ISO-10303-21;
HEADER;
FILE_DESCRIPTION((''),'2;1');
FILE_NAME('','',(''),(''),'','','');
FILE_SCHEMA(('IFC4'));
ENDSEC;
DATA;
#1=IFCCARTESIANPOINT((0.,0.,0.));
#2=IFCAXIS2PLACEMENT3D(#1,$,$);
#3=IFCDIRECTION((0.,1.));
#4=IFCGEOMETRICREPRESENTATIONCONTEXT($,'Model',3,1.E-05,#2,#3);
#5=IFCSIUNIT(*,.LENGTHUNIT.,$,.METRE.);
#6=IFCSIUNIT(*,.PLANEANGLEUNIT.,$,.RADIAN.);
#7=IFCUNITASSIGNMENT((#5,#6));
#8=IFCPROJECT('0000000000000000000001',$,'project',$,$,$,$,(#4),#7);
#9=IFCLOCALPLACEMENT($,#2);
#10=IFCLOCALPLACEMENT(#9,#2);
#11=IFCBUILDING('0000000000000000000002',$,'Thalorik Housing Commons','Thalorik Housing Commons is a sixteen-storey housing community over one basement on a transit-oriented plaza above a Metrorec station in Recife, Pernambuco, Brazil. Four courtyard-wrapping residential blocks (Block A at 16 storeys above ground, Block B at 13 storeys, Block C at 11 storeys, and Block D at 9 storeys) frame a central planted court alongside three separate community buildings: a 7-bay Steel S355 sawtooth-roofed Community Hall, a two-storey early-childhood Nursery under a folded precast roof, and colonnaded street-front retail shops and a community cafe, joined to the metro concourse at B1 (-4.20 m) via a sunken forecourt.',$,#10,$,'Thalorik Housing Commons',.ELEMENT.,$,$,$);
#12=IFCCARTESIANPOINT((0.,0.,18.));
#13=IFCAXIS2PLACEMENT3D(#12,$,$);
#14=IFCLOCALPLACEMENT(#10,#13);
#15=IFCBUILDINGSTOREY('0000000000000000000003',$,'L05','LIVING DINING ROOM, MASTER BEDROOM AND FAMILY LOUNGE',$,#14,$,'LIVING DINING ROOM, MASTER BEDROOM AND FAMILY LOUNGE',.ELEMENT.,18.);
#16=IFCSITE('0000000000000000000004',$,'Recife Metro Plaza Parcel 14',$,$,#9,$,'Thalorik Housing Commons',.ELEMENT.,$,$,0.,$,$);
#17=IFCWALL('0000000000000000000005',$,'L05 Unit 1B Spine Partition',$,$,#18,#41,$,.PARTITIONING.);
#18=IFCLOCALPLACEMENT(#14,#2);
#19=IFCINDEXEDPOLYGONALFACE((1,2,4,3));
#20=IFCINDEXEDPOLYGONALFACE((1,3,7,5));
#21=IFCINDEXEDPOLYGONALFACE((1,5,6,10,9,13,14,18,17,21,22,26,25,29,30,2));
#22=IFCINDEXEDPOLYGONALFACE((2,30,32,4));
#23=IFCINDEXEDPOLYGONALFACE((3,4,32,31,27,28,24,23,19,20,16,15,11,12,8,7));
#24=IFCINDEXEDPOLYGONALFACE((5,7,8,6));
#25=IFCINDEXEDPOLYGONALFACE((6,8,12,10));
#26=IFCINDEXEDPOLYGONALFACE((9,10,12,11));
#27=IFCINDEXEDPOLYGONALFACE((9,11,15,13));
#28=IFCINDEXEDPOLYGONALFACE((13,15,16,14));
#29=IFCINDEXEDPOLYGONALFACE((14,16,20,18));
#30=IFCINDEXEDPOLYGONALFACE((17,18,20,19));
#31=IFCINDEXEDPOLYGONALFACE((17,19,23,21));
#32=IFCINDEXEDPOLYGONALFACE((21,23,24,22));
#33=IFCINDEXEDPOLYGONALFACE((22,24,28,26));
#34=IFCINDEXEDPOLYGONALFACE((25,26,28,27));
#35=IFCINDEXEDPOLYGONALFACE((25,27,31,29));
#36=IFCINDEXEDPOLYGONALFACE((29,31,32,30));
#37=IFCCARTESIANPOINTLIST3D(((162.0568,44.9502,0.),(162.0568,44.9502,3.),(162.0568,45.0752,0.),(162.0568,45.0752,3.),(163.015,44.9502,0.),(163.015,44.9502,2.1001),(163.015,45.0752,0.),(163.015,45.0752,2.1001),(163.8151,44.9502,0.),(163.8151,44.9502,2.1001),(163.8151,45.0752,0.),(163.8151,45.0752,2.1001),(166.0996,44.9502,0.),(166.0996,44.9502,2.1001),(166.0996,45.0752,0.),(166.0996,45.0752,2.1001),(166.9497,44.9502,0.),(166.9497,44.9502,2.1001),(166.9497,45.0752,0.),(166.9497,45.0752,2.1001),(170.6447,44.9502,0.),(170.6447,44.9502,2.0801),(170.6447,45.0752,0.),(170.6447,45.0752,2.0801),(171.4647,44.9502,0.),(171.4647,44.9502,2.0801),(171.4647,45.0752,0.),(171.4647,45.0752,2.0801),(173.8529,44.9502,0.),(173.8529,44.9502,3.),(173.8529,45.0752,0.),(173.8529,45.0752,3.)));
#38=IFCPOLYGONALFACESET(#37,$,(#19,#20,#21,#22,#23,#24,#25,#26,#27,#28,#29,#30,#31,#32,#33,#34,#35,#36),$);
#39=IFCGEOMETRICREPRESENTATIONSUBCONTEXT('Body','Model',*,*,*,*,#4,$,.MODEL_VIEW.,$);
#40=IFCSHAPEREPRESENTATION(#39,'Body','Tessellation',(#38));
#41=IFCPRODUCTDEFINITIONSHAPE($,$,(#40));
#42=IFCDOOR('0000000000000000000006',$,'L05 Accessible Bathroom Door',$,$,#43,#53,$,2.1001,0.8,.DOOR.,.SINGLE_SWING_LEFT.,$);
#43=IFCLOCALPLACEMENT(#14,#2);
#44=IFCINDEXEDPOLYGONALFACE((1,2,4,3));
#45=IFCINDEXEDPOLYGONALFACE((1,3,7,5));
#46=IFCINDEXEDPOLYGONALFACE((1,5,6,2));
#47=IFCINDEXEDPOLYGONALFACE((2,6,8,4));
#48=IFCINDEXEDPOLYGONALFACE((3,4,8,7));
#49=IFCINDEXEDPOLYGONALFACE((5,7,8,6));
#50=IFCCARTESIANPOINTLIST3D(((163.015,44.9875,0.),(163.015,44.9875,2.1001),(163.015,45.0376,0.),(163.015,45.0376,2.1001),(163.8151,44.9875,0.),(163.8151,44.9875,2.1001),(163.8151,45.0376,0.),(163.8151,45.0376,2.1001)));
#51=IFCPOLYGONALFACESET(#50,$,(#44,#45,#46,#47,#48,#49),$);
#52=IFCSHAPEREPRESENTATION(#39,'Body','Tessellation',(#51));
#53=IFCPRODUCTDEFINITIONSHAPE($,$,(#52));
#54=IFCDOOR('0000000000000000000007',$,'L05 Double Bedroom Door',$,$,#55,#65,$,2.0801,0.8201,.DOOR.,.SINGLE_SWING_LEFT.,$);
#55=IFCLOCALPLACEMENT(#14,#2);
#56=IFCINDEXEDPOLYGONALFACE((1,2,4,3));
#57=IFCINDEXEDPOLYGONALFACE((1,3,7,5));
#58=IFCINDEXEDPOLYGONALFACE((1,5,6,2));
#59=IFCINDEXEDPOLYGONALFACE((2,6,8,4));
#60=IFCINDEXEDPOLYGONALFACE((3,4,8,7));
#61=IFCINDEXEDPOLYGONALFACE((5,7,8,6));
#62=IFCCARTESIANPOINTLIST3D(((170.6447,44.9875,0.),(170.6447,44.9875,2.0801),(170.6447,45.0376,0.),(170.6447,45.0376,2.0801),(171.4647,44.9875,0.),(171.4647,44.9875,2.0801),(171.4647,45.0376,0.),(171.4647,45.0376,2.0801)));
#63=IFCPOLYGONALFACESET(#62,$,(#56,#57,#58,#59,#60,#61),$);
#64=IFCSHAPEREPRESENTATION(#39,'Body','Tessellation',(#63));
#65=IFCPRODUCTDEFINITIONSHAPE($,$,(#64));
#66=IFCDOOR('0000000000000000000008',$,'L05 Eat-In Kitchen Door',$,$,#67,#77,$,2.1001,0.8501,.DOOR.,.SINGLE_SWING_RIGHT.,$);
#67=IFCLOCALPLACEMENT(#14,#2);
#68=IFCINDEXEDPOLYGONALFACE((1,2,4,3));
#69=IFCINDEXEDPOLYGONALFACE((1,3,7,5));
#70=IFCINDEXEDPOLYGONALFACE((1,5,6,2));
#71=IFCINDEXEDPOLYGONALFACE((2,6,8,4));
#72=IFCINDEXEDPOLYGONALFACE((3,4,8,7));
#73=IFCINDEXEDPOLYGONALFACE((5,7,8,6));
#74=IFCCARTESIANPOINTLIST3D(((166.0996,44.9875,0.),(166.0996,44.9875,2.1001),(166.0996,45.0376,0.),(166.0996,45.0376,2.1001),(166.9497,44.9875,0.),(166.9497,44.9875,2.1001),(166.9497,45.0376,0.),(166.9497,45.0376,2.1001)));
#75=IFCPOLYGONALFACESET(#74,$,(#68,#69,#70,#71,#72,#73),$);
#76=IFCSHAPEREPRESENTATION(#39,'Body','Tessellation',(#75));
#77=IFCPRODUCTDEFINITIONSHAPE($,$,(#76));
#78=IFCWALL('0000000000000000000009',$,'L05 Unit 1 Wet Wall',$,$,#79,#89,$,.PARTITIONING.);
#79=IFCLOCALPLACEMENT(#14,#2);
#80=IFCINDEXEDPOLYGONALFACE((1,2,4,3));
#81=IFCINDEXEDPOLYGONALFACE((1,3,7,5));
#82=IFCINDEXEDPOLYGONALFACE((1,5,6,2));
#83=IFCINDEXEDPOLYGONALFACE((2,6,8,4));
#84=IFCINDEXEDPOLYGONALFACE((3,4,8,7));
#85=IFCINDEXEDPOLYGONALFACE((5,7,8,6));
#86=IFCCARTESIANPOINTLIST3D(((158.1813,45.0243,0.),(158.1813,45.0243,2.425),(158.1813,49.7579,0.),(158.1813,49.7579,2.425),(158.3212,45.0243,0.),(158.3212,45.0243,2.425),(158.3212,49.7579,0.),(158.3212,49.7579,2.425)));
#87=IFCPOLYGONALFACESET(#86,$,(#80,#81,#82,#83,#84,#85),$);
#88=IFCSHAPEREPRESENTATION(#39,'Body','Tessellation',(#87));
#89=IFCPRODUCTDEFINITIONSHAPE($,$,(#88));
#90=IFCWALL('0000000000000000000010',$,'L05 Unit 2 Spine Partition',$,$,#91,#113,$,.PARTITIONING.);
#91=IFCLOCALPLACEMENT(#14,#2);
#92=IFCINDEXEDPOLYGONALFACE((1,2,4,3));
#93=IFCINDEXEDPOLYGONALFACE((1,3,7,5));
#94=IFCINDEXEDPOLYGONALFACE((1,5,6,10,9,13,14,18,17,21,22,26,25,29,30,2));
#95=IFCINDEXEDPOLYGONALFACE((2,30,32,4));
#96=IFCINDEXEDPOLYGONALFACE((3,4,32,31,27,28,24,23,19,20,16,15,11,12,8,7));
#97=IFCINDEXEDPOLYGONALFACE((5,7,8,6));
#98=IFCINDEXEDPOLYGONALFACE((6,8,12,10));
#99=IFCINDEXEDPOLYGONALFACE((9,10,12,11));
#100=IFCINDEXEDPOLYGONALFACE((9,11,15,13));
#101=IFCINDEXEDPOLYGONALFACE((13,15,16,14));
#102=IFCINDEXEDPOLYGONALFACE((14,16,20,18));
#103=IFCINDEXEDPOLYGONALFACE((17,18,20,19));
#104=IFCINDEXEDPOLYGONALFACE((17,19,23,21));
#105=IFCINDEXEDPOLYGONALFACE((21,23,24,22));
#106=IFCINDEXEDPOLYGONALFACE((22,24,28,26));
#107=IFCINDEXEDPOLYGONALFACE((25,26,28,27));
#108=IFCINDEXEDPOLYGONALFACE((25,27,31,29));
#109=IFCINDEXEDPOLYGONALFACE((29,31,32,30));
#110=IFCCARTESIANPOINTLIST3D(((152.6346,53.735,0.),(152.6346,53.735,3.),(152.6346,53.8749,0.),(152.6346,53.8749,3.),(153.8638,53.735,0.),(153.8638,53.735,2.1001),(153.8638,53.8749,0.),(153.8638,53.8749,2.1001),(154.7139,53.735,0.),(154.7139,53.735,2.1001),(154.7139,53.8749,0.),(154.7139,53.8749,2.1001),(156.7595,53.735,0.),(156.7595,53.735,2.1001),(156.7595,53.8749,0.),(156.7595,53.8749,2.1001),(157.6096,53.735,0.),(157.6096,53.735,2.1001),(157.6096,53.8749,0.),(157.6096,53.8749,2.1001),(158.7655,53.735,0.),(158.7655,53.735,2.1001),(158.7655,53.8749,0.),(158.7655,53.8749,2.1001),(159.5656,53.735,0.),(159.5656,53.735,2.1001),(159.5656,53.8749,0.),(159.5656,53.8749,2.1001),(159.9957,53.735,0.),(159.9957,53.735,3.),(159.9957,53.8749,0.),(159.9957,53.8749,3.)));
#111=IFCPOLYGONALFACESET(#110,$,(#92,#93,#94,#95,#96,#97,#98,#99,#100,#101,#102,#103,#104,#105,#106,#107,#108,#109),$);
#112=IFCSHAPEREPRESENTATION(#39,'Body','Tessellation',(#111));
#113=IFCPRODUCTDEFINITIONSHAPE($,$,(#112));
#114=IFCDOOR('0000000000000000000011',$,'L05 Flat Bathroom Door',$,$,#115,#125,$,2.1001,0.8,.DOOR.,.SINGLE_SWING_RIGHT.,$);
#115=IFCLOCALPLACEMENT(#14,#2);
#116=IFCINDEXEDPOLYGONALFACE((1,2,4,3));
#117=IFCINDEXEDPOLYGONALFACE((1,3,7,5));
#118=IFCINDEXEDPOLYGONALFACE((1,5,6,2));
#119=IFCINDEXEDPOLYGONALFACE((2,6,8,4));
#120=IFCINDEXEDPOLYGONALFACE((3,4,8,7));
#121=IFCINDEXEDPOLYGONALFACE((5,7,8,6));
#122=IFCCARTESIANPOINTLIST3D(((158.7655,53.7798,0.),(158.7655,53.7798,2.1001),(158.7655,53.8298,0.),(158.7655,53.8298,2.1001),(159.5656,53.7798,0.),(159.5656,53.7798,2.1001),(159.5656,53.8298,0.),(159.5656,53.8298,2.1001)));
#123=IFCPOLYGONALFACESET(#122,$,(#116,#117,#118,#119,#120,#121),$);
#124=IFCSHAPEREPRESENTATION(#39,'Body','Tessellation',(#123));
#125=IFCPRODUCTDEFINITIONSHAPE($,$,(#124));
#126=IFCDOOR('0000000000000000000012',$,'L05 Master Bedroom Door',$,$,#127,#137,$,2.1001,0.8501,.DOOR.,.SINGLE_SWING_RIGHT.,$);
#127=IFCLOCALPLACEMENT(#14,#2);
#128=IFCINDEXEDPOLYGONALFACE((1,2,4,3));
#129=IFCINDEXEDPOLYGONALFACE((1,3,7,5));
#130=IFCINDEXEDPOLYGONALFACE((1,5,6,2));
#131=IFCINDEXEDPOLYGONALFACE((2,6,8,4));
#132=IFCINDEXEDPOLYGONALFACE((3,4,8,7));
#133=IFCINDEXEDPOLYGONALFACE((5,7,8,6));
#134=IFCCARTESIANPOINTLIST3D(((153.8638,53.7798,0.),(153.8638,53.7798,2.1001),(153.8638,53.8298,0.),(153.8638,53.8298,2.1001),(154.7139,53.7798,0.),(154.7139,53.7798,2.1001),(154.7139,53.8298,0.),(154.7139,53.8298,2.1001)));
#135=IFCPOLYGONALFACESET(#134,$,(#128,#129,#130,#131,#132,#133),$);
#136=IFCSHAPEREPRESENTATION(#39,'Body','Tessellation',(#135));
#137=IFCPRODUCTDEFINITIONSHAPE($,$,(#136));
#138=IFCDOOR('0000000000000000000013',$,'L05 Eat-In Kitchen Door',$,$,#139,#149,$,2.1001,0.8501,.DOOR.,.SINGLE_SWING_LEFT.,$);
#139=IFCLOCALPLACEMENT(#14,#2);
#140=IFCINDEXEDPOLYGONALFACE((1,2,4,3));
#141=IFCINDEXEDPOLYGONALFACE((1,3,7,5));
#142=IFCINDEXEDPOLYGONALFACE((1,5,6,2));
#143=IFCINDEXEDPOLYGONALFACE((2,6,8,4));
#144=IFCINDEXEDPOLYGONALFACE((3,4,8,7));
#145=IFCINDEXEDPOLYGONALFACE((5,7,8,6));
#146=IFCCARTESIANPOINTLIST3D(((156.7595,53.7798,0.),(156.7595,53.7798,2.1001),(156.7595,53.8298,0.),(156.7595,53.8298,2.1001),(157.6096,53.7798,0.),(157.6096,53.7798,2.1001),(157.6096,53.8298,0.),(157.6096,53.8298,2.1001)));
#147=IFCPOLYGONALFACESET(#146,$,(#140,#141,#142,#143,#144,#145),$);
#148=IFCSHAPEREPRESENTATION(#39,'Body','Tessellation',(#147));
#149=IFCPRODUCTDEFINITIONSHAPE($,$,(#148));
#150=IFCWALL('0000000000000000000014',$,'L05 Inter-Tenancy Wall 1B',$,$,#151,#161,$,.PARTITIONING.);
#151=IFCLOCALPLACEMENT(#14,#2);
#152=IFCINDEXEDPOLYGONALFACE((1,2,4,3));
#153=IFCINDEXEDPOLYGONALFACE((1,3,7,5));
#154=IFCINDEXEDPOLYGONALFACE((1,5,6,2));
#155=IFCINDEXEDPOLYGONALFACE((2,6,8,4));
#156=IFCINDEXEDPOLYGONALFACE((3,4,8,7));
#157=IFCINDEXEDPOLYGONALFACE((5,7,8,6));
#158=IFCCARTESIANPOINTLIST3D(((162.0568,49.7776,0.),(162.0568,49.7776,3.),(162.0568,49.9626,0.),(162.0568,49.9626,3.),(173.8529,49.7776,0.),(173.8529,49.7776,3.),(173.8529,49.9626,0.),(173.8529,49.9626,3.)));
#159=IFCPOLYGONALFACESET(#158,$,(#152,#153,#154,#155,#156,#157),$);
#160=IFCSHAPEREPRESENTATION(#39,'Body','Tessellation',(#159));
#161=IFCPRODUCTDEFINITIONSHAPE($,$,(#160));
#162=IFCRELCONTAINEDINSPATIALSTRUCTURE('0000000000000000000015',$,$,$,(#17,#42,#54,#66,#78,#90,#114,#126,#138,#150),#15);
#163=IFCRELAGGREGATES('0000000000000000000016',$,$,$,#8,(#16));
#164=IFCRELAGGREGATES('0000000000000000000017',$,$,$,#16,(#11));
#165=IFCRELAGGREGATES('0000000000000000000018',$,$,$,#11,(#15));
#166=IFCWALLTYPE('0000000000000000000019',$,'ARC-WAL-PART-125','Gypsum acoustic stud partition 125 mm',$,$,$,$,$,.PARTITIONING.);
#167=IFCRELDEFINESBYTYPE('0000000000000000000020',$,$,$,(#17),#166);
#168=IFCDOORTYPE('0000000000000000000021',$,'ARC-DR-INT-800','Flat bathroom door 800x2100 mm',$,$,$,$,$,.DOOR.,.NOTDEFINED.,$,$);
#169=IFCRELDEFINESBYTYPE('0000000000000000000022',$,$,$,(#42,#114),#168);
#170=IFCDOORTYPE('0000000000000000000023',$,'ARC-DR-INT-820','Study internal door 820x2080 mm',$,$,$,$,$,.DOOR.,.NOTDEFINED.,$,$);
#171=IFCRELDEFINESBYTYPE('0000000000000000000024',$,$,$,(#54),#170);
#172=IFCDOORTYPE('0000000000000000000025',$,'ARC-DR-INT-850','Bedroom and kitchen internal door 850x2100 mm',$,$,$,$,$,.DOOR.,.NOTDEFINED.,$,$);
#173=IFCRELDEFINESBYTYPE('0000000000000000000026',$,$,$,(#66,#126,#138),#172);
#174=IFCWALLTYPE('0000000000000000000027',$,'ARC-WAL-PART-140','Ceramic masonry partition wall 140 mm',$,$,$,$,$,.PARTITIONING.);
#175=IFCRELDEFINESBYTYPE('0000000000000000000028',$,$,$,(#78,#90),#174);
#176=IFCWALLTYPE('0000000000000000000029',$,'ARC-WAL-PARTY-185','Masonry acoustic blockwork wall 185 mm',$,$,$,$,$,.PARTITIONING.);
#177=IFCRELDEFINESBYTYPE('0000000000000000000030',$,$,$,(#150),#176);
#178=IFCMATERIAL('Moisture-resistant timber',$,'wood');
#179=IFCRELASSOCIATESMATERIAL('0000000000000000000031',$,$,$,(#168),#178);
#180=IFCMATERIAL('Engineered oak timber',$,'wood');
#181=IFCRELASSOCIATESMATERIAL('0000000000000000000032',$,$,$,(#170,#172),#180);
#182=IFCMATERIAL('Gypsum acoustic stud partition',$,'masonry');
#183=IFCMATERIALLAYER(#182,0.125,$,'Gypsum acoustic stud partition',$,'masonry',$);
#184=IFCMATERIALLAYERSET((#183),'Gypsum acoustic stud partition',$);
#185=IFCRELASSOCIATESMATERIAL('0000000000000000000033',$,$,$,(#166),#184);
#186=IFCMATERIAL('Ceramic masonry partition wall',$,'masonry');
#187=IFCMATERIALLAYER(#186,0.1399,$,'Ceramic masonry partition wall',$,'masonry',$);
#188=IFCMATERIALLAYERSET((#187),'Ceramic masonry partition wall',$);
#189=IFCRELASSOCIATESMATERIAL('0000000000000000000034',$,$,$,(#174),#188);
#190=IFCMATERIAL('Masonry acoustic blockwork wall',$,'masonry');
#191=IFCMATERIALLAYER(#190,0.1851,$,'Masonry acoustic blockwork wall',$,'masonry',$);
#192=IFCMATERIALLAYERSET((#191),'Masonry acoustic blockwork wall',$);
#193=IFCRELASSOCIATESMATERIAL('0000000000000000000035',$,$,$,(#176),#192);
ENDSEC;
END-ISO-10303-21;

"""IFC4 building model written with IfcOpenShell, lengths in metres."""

from ifc_helpers import new_model, si_unit, direction, frame, frame_2d, origin, place, context, subcontext, project, spatial, rectangle, extrude, material, layer, layer_set, type_object, element, fill, save


model = new_model("IFC4")

# Units and contexts
model_context = context("Model", 3, precision=1e-05, world=origin(), true_north=direction((0.0, 1.0)))
body_context = subcontext(model_context, "Body", "Model", "MODEL_VIEW")
ifc_project = project(units=[si_unit("LENGTHUNIT", "METRE"), si_unit("PLANEANGLEUNIT", "RADIAN")], contexts=[model_context])

# Site, building, storey
site_placement = place(None, origin())
site = spatial("IfcSite", under=ifc_project, at=site_placement, Name="Recife Metro Plaza Parcel 14", LongName="Thalorik Housing Commons", CompositionType="ELEMENT", RefElevation=0.0)
building_placement = place(site_placement, origin())
building = spatial("IfcBuilding", under=site, at=building_placement, Name="Thalorik Housing Commons", Description="Thalorik Housing Commons is a sixteen-storey housing community over one basement on a transit-oriented plaza above a Metrorec station in Recife, Pernambuco, Brazil. Four courtyard-wrapping residential blocks (Block A at 16 storeys above ground, Block B at 13 storeys, Block C at 11 storeys, and Block D at 9 storeys) frame a central planted court alongside three separate community buildings: a 7-bay Steel S355 sawtooth-roofed Community Hall, a two-storey early-childhood Nursery under a folded precast roof, and colonnaded street-front retail shops and a community cafe, joined to the metro concourse at B1 (-4.20 m) via a sunken forecourt.", LongName="Thalorik Housing Commons", CompositionType="ELEMENT")
storey_placement = place(building_placement, frame((0.0, 0.0, 18.0)))
storey = spatial("IfcBuildingStorey", under=building, at=storey_placement, Name="L05", Description="LIVING DINING ROOM, MASTER BEDROOM AND FAMILY LOUNGE", LongName="LIVING DINING ROOM, MASTER BEDROOM AND FAMILY LOUNGE", CompositionType="ELEMENT", Elevation=18.0)

# Wall, openings, doors
ifc_material_1 = material(Name="Moisture-resistant timber", Category="wood")
door_type_1 = type_object("IfcDoorType", Name="ARC-DR-INT-800", Description="Flat bathroom door 800x2100 mm", OperationType="NOTDEFINED", PredefinedType="DOOR", material=ifc_material_1)
ifc_material_2 = material(Name="Engineered oak timber", Category="wood")
door_type_2 = type_object("IfcDoorType", Name="ARC-DR-INT-820", Description="Study internal door 820x2080 mm", OperationType="NOTDEFINED", PredefinedType="DOOR", material=ifc_material_2)
door_type_3 = type_object("IfcDoorType", Name="ARC-DR-INT-850", Description="Bedroom and kitchen internal door 850x2100 mm", OperationType="NOTDEFINED", PredefinedType="DOOR", material=ifc_material_2)
ifc_material_3 = material(Name="Gypsum acoustic stud partition", Category="masonry")
ifc_layer_1 = layer(ifc_material_3, 0.125, Name="Gypsum acoustic stud partition", Category="masonry")
ifc_layer_set_1 = layer_set([ifc_layer_1], Name="Gypsum acoustic stud partition")
wall_type_1 = type_object("IfcWallType", Name="ARC-WAL-PART-125", Description="Gypsum acoustic stud partition 125 mm", PredefinedType="PARTITIONING", material=ifc_layer_set_1)
wall_1_placement = place(storey_placement, frame((162.0569, 45.0127, 0.0), z_axis=(0.0, 0.0, 1.0), x_axis=(1.0, 0.0, 0.0)))
wall_1 = element("IfcWall", 1, at=wall_1_placement, inside=storey, type_object=wall_type_1, Name="L05 Unit 1B Spine Partition", PredefinedType="PARTITIONING", context=body_context, shape_type="SweptSolid", body=[
    extrude(rectangle(XDim=11.7961, YDim=0.125, at=frame_2d((5.8979, 0.0))), origin(), (0.0, 0.0, 1.0), 3.0),
])
opening_1_placement = place(wall_1_placement, frame((0.9583, 0.0, 0.0)))
opening_1 = element("IfcOpeningElement", 2, at=opening_1_placement, cuts=wall_1, PredefinedType="OPENING", context=body_context, shape_type="SweptSolid", body=[
    extrude(rectangle(XDim=0.8, YDim=2.1001, at=frame_2d((0.3999, 1.05))), frame((0.0, 0.0725, 0.0), z_axis=(0.0, -1.0, 0.0), x_axis=(1.0, 0.0, 0.0)), (0.0, 0.0, 1.0), 0.145),
])
opening_2_placement = place(wall_1_placement, frame((4.0427, 0.0, 0.0)))
opening_2 = element("IfcOpeningElement", 3, at=opening_2_placement, cuts=wall_1, PredefinedType="OPENING", context=body_context, shape_type="SweptSolid", body=[
    extrude(rectangle(XDim=0.8501, YDim=2.1001, at=frame_2d((0.425, 1.05))), frame((0.0, 0.0725, 0.0), z_axis=(0.0, -1.0, 0.0), x_axis=(1.0, 0.0, 0.0)), (0.0, 0.0, 1.0), 0.145),
])
opening_3_placement = place(wall_1_placement, frame((8.5876, 0.0, 0.0)))
opening_3 = element("IfcOpeningElement", 4, at=opening_3_placement, cuts=wall_1, PredefinedType="OPENING", context=body_context, shape_type="SweptSolid", body=[
    extrude(rectangle(XDim=0.8201, YDim=2.0801, at=frame_2d((0.4102, 1.04))), frame((0.0, 0.0725, 0.0), z_axis=(0.0, -1.0, 0.0), x_axis=(1.0, 0.0, 0.0)), (0.0, 0.0, 1.0), 0.145),
])
door_1_placement = place(opening_1_placement, origin())
door_1 = element("IfcDoor", 5, at=door_1_placement, inside=storey, type_object=door_type_1, Name="L05 Accessible Bathroom Door", OperationType="SINGLE_SWING_LEFT", OverallHeight=2.1001, OverallWidth=0.8, PredefinedType="DOOR", context=body_context, shape_type="SweptSolid", body=[
    extrude(rectangle(XDim=0.8, YDim=2.1001, at=frame_2d((0.3999, 1.05))), frame((0.0, 0.0249, 0.0), z_axis=(0.0, -1.0, 0.0), x_axis=(1.0, 0.0, 0.0)), (0.0, 0.0, 1.0), 0.05),
])
fill(opening_1, door_1)
door_2_placement = place(opening_3_placement, origin())
door_2 = element("IfcDoor", 6, at=door_2_placement, inside=storey, type_object=door_type_2, Name="L05 Double Bedroom Door", OperationType="SINGLE_SWING_LEFT", OverallHeight=2.0801, OverallWidth=0.8201, PredefinedType="DOOR", context=body_context, shape_type="SweptSolid", body=[
    extrude(rectangle(XDim=0.8201, YDim=2.0801, at=frame_2d((0.4102, 1.04))), frame((0.0, 0.0249, 0.0), z_axis=(0.0, -1.0, 0.0), x_axis=(1.0, 0.0, 0.0)), (0.0, 0.0, 1.0), 0.05),
])
fill(opening_3, door_2)
door_3_placement = place(opening_2_placement, origin())
door_3 = element("IfcDoor", 7, at=door_3_placement, inside=storey, type_object=door_type_3, Name="L05 Eat-In Kitchen Door", OperationType="SINGLE_SWING_RIGHT", OverallHeight=2.1001, OverallWidth=0.8501, PredefinedType="DOOR", context=body_context, shape_type="SweptSolid", body=[
    extrude(rectangle(XDim=0.8501, YDim=2.1001, at=frame_2d((0.425, 1.05))), frame((0.0, 0.0249, 0.0), z_axis=(0.0, -1.0, 0.0), x_axis=(1.0, 0.0, 0.0)), (0.0, 0.0, 1.0), 0.05),
])
fill(opening_2, door_3)

# Wall
ifc_material_4 = material(Name="Ceramic masonry partition wall", Category="masonry")
ifc_layer_2 = layer(ifc_material_4, 0.1399, Name="Ceramic masonry partition wall", Category="masonry")
ifc_layer_set_2 = layer_set([ifc_layer_2], Name="Ceramic masonry partition wall")
wall_type_2 = type_object("IfcWallType", Name="ARC-WAL-PART-140", Description="Ceramic masonry partition wall 140 mm", PredefinedType="PARTITIONING", material=ifc_layer_set_2)
wall_2_placement = place(storey_placement, frame((158.2512, 45.0244, 0.0), z_axis=(0.0, 0.0, 1.0), x_axis=(0.0, 1.0, 0.0)))
element("IfcWall", 8, at=wall_2_placement, inside=storey, type_object=wall_type_2, Name="L05 Unit 1 Wet Wall", PredefinedType="PARTITIONING", context=body_context, shape_type="SweptSolid", body=[
    extrude(rectangle(XDim=4.7336, YDim=0.1399, at=frame_2d((2.3667, 0.0))), origin(), (0.0, 0.0, 1.0), 2.425),
])

# Wall, openings, doors
wall_3_placement = place(storey_placement, frame((152.6345, 53.8049, 0.0), z_axis=(0.0, 0.0, 1.0), x_axis=(1.0, 0.0, 0.0)))
wall_3 = element("IfcWall", 9, at=wall_3_placement, inside=storey, type_object=wall_type_2, Name="L05 Unit 2 Spine Partition", PredefinedType="PARTITIONING", context=body_context, shape_type="SweptSolid", body=[
    extrude(rectangle(XDim=7.3611, YDim=0.1399, at=frame_2d((3.6807, 0.0))), origin(), (0.0, 0.0, 1.0), 3.0),
])
opening_4_placement = place(wall_3_placement, frame((1.2292, 0.0, 0.0)))
opening_4 = element("IfcOpeningElement", 10, at=opening_4_placement, cuts=wall_3, PredefinedType="OPENING", context=body_context, shape_type="SweptSolid", body=[
    extrude(rectangle(XDim=0.8501, YDim=2.1001, at=frame_2d((0.425, 1.05))), frame((0.0, 0.0801, 0.0), z_axis=(0.0, -1.0, 0.0), x_axis=(1.0, 0.0, 0.0)), (0.0, 0.0, 1.0), 0.1599),
])
opening_5_placement = place(wall_3_placement, frame((4.125, 0.0, 0.0)))
opening_5 = element("IfcOpeningElement", 11, at=opening_5_placement, cuts=wall_3, PredefinedType="OPENING", context=body_context, shape_type="SweptSolid", body=[
    extrude(rectangle(XDim=0.8501, YDim=2.1001, at=frame_2d((0.425, 1.05))), frame((0.0, 0.0801, 0.0), z_axis=(0.0, -1.0, 0.0), x_axis=(1.0, 0.0, 0.0)), (0.0, 0.0, 1.0), 0.1599),
])
opening_6_placement = place(wall_3_placement, frame((6.1311, 0.0, 0.0)))
opening_6 = element("IfcOpeningElement", 12, at=opening_6_placement, cuts=wall_3, PredefinedType="OPENING", context=body_context, shape_type="SweptSolid", body=[
    extrude(rectangle(XDim=0.8, YDim=2.1001, at=frame_2d((0.3999, 1.05))), frame((0.0, 0.0801, 0.0), z_axis=(0.0, -1.0, 0.0), x_axis=(1.0, 0.0, 0.0)), (0.0, 0.0, 1.0), 0.1599),
])
door_4_placement = place(opening_6_placement, origin())
door_4 = element("IfcDoor", 13, at=door_4_placement, inside=storey, type_object=door_type_1, Name="L05 Flat Bathroom Door", OperationType="SINGLE_SWING_RIGHT", OverallHeight=2.1001, OverallWidth=0.8, PredefinedType="DOOR", context=body_context, shape_type="SweptSolid", body=[
    extrude(rectangle(XDim=0.8, YDim=2.1001, at=frame_2d((0.3999, 1.05))), frame((0.0, 0.0249, 0.0), z_axis=(0.0, -1.0, 0.0), x_axis=(1.0, 0.0, 0.0)), (0.0, 0.0, 1.0), 0.05),
])
fill(opening_6, door_4)
door_5_placement = place(opening_4_placement, origin())
door_5 = element("IfcDoor", 14, at=door_5_placement, inside=storey, type_object=door_type_3, Name="L05 Master Bedroom Door", OperationType="SINGLE_SWING_RIGHT", OverallHeight=2.1001, OverallWidth=0.8501, PredefinedType="DOOR", context=body_context, shape_type="SweptSolid", body=[
    extrude(rectangle(XDim=0.8501, YDim=2.1001, at=frame_2d((0.425, 1.05))), frame((0.0, 0.0249, 0.0), z_axis=(0.0, -1.0, 0.0), x_axis=(1.0, 0.0, 0.0)), (0.0, 0.0, 1.0), 0.05),
])
fill(opening_4, door_5)
door_6_placement = place(opening_5_placement, origin())
door_6 = element("IfcDoor", 15, at=door_6_placement, inside=storey, type_object=door_type_3, Name="L05 Eat-In Kitchen Door", OperationType="SINGLE_SWING_LEFT", OverallHeight=2.1001, OverallWidth=0.8501, PredefinedType="DOOR", context=body_context, shape_type="SweptSolid", body=[
    extrude(rectangle(XDim=0.8501, YDim=2.1001, at=frame_2d((0.425, 1.05))), frame((0.0, 0.0249, 0.0), z_axis=(0.0, -1.0, 0.0), x_axis=(1.0, 0.0, 0.0)), (0.0, 0.0, 1.0), 0.05),
])
fill(opening_5, door_6)

# Wall
ifc_material_5 = material(Name="Masonry acoustic blockwork wall", Category="masonry")
ifc_layer_3 = layer(ifc_material_5, 0.1851, Name="Masonry acoustic blockwork wall", Category="masonry")
ifc_layer_set_3 = layer_set([ifc_layer_3], Name="Masonry acoustic blockwork wall")
wall_type_3 = type_object("IfcWallType", Name="ARC-WAL-PARTY-185", Description="Masonry acoustic blockwork wall 185 mm", PredefinedType="PARTITIONING", material=ifc_layer_set_3)
wall_4_placement = place(storey_placement, frame((162.0569, 49.8701, 0.0), z_axis=(0.0, 0.0, 1.0), x_axis=(1.0, 0.0, 0.0)))
element("IfcWall", 16, at=wall_4_placement, inside=storey, type_object=wall_type_3, Name="L05 Inter-Tenancy Wall 1B", PredefinedType="PARTITIONING", context=body_context, shape_type="SweptSolid", body=[
    extrude(rectangle(XDim=11.7961, YDim=0.1851, at=frame_2d((5.8979, 0.0))), origin(), (0.0, 0.0, 1.0), 3.0),
])

save(model, "model.ifc")
